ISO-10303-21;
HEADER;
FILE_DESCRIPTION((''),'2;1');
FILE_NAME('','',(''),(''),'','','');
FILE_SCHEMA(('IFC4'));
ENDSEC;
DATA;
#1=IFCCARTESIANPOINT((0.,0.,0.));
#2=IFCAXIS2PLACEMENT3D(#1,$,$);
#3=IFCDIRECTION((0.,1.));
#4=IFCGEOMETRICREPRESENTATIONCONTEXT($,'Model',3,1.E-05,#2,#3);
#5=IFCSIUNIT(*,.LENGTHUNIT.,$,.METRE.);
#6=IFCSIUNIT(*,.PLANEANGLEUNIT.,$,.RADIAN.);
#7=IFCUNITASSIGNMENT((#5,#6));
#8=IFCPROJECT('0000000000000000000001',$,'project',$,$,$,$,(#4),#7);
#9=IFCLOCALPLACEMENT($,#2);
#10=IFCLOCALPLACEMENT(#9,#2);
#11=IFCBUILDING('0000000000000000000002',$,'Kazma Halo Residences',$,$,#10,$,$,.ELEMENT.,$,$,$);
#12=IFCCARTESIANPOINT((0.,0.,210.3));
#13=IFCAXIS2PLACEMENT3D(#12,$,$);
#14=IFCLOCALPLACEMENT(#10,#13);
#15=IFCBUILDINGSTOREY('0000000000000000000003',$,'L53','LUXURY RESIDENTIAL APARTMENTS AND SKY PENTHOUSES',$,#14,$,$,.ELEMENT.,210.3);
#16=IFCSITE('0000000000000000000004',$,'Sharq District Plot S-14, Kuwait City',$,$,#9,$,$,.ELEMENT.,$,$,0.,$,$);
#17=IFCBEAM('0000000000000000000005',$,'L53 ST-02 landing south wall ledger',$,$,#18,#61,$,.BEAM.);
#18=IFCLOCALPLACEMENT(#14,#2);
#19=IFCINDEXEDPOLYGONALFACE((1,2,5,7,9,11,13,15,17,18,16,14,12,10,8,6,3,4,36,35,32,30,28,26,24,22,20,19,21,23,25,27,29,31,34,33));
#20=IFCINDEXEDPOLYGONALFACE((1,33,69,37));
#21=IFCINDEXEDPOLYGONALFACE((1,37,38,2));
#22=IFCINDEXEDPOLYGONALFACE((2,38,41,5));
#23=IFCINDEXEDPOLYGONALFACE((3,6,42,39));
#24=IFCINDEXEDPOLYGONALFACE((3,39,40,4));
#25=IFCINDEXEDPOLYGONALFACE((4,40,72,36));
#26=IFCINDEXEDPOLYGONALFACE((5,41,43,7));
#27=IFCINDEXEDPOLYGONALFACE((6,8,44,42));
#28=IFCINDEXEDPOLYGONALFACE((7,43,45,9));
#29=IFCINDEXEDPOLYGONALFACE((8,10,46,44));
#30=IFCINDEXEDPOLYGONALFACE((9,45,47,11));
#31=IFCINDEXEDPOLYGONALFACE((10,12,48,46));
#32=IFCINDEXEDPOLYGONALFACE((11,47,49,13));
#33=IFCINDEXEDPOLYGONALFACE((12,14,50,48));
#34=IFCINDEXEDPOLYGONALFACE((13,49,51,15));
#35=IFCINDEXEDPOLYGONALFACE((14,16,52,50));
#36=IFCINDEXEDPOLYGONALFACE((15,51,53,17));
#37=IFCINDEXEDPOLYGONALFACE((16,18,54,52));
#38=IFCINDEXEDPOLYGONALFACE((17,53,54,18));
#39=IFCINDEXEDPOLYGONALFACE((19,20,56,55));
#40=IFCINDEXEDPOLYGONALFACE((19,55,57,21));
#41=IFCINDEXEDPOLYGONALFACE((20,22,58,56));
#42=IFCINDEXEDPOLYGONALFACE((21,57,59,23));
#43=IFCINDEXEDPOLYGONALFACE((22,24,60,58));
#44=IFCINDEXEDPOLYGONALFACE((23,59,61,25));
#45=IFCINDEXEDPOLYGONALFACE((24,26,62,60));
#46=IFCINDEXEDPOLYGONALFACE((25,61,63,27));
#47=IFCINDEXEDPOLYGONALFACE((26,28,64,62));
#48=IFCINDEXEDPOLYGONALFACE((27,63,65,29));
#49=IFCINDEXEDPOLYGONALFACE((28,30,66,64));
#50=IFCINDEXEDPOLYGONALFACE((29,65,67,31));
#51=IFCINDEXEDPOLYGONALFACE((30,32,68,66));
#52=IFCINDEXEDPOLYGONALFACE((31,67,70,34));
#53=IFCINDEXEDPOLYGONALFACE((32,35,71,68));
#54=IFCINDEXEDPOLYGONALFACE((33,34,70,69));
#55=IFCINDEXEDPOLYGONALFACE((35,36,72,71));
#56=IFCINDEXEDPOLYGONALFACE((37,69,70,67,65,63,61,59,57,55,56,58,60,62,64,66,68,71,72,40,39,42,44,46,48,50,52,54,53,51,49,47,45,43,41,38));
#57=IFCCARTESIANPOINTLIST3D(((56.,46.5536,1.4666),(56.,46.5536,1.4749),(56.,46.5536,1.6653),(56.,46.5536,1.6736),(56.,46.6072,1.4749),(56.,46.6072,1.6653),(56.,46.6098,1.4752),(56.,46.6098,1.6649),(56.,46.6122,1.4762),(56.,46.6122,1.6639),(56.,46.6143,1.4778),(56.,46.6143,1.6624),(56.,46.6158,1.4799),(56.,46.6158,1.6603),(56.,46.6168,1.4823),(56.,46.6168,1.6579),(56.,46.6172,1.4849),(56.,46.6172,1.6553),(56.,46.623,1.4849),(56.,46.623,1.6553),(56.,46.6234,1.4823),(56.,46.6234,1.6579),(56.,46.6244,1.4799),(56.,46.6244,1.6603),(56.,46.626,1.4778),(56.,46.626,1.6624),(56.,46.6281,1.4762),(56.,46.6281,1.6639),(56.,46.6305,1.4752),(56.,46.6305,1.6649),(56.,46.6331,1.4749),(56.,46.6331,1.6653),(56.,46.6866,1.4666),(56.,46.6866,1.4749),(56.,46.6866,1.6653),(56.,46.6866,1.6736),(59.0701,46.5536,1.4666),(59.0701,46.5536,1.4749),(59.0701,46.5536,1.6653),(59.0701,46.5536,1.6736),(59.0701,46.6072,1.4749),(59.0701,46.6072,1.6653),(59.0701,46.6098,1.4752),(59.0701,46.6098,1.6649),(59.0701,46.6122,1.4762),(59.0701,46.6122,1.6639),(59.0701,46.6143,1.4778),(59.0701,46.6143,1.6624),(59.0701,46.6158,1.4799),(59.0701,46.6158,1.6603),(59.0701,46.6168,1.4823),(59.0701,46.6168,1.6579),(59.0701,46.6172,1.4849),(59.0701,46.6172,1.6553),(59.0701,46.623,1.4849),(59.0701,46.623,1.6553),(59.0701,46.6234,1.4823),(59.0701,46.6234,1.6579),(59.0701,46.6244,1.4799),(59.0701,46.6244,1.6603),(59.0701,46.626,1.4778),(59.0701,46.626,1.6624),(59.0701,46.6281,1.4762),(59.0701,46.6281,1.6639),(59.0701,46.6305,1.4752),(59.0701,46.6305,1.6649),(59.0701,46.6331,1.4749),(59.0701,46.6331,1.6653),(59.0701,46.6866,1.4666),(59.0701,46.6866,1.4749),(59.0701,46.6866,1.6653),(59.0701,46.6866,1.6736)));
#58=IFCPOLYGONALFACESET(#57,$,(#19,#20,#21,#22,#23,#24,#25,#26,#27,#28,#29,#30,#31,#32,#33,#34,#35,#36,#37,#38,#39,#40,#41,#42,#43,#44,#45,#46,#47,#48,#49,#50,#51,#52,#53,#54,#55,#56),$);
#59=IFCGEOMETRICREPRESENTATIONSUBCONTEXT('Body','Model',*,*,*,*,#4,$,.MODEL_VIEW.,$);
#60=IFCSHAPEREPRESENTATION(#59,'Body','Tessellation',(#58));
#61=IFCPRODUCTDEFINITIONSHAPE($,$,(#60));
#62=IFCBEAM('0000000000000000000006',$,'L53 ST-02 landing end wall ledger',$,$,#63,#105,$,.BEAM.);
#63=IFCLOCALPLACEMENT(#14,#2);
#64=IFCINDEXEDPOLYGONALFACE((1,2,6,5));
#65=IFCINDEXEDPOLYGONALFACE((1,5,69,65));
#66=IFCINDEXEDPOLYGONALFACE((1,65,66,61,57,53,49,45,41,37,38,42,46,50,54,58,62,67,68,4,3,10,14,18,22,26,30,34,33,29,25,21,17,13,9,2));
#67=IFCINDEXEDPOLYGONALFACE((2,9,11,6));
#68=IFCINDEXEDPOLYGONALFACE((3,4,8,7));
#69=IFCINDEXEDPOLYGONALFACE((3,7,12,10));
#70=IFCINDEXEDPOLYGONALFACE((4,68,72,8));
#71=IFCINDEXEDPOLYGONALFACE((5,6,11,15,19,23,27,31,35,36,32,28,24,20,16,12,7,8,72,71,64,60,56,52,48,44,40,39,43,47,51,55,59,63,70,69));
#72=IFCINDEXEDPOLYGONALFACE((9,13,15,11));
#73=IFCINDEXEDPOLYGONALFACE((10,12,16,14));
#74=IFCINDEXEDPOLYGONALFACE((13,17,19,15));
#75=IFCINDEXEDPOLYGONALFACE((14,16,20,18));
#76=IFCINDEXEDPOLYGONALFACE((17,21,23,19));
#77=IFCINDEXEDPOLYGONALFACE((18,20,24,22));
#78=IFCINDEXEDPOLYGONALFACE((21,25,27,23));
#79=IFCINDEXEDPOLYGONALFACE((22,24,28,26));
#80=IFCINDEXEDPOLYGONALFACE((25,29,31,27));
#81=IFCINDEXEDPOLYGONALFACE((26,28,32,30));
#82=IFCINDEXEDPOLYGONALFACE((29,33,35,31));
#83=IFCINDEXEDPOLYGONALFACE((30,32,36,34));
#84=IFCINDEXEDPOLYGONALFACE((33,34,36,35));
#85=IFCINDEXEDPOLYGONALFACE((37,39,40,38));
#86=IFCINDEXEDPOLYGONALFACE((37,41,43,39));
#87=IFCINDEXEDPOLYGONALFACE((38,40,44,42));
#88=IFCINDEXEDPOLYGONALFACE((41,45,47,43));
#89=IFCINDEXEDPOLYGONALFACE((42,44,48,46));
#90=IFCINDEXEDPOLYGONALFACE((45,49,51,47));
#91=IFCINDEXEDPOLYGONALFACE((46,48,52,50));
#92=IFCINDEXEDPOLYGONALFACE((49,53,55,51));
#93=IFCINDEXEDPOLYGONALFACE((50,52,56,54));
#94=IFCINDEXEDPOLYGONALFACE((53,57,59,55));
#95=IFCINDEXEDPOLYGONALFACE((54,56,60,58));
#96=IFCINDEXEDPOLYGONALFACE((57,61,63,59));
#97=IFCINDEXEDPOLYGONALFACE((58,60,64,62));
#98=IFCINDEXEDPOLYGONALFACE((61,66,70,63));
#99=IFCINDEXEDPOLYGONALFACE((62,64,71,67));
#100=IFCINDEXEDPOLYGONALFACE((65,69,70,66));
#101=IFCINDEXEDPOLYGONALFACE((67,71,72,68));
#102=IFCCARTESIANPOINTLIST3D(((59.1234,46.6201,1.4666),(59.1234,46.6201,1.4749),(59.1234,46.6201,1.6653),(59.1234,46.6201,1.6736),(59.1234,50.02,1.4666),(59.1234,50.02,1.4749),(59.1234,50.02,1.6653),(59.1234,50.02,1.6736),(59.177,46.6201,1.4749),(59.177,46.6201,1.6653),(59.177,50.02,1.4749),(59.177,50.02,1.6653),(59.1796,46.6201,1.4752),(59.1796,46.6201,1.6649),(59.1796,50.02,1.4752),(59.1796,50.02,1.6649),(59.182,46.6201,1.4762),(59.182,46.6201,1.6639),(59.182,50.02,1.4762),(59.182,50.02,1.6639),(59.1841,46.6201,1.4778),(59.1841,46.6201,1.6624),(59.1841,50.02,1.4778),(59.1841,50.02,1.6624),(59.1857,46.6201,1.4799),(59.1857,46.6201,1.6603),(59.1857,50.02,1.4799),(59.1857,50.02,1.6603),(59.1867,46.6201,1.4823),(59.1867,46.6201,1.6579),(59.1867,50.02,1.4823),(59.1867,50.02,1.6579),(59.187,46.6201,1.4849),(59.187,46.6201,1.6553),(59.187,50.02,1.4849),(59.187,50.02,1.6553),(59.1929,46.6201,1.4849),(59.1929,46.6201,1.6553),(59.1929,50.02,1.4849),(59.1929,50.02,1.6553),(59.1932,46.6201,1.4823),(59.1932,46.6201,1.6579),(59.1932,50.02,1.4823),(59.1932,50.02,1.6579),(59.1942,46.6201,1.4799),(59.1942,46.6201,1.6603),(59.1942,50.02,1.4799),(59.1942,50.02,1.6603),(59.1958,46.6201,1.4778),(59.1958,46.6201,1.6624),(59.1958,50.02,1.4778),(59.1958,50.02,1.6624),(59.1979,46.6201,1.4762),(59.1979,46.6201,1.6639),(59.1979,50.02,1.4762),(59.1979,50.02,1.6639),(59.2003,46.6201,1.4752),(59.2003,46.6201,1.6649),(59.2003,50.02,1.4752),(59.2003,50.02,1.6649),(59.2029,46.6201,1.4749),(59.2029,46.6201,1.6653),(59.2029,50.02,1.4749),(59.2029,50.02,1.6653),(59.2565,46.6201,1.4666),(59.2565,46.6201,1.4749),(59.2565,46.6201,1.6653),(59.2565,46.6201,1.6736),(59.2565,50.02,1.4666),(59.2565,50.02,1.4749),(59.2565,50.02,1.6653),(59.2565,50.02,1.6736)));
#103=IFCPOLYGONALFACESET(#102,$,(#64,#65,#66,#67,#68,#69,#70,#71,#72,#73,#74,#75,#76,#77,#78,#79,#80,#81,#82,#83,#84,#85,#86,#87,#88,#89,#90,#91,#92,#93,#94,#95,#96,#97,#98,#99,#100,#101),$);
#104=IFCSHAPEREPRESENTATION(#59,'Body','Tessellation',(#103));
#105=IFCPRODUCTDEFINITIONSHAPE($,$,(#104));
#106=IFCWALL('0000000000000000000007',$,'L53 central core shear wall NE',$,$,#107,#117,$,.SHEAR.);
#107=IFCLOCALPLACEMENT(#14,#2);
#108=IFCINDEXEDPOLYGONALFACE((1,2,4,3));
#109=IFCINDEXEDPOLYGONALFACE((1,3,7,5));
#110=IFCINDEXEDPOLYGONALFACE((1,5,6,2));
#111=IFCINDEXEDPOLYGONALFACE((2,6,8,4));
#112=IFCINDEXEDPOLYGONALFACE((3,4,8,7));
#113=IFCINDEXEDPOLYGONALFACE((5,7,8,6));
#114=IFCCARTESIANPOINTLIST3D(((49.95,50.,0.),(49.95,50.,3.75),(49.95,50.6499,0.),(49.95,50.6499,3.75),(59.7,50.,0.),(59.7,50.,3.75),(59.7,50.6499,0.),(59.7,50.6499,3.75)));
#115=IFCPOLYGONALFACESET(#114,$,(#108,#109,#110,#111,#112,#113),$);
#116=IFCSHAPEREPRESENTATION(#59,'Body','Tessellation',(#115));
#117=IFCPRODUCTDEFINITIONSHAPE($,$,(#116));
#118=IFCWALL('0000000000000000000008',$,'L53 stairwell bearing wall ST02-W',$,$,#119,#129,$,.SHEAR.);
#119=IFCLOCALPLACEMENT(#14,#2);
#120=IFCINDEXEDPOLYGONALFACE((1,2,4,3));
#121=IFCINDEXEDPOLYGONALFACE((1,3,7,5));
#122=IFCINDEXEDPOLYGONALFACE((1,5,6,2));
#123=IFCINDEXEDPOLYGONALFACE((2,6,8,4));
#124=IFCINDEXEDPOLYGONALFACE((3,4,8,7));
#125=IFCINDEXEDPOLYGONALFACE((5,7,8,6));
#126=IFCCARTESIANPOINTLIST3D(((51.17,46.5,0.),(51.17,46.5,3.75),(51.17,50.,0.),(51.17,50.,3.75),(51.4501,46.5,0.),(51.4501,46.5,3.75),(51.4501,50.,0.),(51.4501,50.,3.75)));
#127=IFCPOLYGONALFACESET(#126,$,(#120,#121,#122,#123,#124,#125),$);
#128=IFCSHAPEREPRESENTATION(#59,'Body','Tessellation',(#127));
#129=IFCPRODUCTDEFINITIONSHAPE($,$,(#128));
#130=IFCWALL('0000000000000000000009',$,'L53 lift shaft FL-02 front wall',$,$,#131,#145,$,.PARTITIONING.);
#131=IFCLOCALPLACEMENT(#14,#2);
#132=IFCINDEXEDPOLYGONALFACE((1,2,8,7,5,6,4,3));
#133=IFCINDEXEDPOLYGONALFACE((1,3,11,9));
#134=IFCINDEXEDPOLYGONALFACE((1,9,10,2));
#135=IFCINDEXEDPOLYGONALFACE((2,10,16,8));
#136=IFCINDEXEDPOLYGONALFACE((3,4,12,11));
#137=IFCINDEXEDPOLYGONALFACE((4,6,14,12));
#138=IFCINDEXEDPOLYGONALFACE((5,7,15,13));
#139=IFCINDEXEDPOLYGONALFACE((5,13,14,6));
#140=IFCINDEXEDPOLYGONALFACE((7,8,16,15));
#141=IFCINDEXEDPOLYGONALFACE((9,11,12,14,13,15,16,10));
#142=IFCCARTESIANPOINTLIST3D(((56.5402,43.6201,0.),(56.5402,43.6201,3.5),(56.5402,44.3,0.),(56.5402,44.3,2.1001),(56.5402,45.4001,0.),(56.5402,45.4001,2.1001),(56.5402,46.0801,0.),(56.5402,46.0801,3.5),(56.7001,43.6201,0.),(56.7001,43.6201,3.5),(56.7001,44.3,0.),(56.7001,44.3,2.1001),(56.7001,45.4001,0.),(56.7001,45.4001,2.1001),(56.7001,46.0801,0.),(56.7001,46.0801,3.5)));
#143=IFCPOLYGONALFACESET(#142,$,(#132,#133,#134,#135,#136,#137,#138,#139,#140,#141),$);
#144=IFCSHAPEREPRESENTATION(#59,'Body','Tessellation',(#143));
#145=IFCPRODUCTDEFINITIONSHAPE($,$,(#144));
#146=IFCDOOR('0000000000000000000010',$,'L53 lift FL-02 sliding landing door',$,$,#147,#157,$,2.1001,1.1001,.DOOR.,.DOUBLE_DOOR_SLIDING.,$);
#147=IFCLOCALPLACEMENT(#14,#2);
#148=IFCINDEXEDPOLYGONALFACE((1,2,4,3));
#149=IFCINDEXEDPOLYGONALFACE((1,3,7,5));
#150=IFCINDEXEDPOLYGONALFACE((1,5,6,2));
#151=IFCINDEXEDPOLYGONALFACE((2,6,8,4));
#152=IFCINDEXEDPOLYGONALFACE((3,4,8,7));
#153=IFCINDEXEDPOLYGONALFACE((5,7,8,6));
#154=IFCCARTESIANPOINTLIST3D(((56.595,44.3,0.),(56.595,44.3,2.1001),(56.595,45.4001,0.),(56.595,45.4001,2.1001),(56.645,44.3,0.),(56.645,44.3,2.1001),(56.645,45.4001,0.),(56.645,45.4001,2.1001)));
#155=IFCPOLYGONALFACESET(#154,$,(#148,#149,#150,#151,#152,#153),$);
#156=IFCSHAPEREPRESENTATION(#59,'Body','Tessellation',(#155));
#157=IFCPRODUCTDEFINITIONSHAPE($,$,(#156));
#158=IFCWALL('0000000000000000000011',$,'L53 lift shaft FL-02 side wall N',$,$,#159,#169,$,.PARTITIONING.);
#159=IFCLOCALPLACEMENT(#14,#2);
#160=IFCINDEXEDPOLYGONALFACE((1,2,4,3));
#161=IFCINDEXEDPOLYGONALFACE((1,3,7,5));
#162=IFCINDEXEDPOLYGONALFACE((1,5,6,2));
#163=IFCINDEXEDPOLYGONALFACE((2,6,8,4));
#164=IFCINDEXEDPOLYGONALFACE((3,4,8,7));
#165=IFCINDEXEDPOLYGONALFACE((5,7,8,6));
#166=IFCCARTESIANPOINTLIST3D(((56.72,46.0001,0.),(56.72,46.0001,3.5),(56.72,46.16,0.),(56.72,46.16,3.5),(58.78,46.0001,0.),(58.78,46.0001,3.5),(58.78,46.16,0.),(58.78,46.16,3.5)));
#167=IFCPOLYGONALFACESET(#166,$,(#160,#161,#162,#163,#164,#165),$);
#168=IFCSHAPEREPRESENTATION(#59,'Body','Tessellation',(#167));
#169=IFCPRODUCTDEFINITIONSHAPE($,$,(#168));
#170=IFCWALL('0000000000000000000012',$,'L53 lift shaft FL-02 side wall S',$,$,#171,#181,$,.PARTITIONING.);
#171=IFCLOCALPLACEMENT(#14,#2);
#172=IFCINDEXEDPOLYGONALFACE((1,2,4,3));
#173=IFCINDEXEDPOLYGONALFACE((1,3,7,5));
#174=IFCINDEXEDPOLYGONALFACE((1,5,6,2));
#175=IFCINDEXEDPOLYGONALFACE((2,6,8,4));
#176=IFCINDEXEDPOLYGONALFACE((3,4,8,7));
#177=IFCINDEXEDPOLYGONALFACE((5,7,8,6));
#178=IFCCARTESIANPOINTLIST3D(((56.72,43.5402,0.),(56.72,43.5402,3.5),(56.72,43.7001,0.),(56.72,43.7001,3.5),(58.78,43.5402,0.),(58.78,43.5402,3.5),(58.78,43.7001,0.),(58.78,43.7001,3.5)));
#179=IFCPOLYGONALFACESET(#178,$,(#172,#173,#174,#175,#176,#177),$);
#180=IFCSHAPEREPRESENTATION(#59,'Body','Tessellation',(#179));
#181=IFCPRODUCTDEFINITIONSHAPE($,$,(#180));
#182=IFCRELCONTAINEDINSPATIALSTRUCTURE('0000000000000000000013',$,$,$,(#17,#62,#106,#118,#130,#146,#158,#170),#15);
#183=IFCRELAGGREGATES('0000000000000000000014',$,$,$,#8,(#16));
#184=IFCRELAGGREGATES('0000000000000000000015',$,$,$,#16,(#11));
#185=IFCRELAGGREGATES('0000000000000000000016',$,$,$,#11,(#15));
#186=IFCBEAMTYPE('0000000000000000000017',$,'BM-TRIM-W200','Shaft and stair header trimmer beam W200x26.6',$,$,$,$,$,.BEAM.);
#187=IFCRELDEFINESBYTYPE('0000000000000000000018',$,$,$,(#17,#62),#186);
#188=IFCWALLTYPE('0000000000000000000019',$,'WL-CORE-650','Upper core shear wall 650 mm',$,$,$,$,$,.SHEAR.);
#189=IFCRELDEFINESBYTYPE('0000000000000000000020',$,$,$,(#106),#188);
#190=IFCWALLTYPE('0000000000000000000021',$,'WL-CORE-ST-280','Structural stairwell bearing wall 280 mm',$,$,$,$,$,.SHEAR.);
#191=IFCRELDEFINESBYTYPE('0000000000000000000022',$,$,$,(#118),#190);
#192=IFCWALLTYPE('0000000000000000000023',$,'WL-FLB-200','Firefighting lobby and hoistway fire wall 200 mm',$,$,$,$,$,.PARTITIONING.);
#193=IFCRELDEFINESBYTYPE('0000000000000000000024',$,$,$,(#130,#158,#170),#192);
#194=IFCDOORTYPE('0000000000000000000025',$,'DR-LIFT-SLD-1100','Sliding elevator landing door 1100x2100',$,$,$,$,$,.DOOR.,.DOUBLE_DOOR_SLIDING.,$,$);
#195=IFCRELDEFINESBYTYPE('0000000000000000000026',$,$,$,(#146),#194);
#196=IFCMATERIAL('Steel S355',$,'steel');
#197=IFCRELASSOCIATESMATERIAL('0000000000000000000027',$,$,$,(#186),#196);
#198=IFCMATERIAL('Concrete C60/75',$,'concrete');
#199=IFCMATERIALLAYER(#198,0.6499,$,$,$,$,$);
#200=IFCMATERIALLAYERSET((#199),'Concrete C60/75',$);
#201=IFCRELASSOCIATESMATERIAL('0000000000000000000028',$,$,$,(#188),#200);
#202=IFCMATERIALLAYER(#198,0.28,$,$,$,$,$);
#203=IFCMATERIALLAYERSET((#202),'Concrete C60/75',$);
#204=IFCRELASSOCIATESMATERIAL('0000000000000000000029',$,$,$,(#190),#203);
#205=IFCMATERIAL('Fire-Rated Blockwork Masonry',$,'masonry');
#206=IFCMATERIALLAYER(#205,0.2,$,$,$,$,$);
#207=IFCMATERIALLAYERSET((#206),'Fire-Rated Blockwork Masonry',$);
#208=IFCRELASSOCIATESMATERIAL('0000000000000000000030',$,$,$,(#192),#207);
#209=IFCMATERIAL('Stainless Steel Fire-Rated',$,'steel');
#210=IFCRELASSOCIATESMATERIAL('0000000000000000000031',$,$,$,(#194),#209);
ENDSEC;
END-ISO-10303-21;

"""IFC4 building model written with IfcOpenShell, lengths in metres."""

from ifc_helpers import new_model, si_unit, direction, frame, frame_2d, origin, origin_2d, place, context, subcontext, project, spatial, rectangle, i_section, extrude, material, layer, layer_set, material_profile, profile_set, type_object, element, fill, save


model = new_model("IFC4")

# Units and contexts
model_context = context("Model", 3, precision=1e-05, world=origin(), true_north=direction((0.0, 1.0)))
body_context = subcontext(model_context, "Body", "Model", "MODEL_VIEW")
ifc_project = project(units=[si_unit("LENGTHUNIT", "METRE"), si_unit("PLANEANGLEUNIT", "RADIAN")], contexts=[model_context])

# Site, building, storey
site_placement = place(None, origin())
site = spatial("IfcSite", under=ifc_project, at=site_placement, Name="Sharq District Plot S-14, Kuwait City", CompositionType="ELEMENT", RefElevation=0.0)
building_placement = place(site_placement, origin())
building = spatial("IfcBuilding", under=site, at=building_placement, Name="Kazma Halo Residences", CompositionType="ELEMENT")
storey_placement = place(building_placement, frame((0.0, 0.0, 210.3)))
storey = spatial("IfcBuildingStorey", under=building, at=storey_placement, Name="L53", Description="LUXURY RESIDENTIAL APARTMENTS AND SKY PENTHOUSES", CompositionType="ELEMENT", Elevation=210.3)

# Shared definitions
ifc_material_1 = material(Name="Steel S355", Category="steel")

# Beams
ifc_material_profile_1 = material_profile(ifc_material_1, i_section(OverallWidth=0.1331, OverallDepth=0.207, WebThickness=0.0059, FlangeThickness=0.0083, FilletRadius=0.01, at=origin_2d()), Name="W200x26.6")
ifc_profile_set_1 = profile_set([ifc_material_profile_1], Name="Steel S355")
beam_type_1 = type_object("IfcBeamType", Name="BM-TRIM-W200", Description="Shaft and stair header trimmer beam W200x26.6", PredefinedType="BEAM", material=ifc_profile_set_1)
beam_1_placement = place(storey_placement, frame((56.0, 46.6201, 1.5701), z_axis=(1.0, 0.0, 0.0), x_axis=(0.0, 1.0, 0.0)))
element("IfcBeam", 1, at=beam_1_placement, inside=storey, type_object=beam_type_1, Name="L53 ST-02 landing south wall ledger", PredefinedType="BEAM", context=body_context, shape_type="SweptSolid", body=[
    extrude(i_section(OverallWidth=0.1331, OverallDepth=0.207, WebThickness=0.0059, FlangeThickness=0.0083, FilletRadius=0.01, at=origin_2d()), origin(), (0.0, 0.0, 1.0), 3.0701),
])
beam_2_placement = place(storey_placement, frame((59.1899, 46.6201, 1.5701), z_axis=(0.0, 1.0, 0.0), x_axis=(-1.0, 0.0, 0.0)))
element("IfcBeam", 2, at=beam_2_placement, inside=storey, type_object=beam_type_1, Name="L53 ST-02 landing end wall ledger", PredefinedType="BEAM", context=body_context, shape_type="SweptSolid", body=[
    extrude(i_section(OverallWidth=0.1331, OverallDepth=0.207, WebThickness=0.0059, FlangeThickness=0.0083, FilletRadius=0.01, at=origin_2d()), origin(), (0.0, 0.0, 1.0), 3.3999),
])

# Walls
ifc_material_2 = material(Name="Concrete C60/75", Category="concrete")
ifc_layer_1 = layer(ifc_material_2, 0.6499)
ifc_layer_set_1 = layer_set([ifc_layer_1], Name="Concrete C60/75")
wall_type_1 = type_object("IfcWallType", Name="WL-CORE-650", Description="Upper core shear wall 650 mm", PredefinedType="SHEAR", material=ifc_layer_set_1)
wall_1_placement = place(storey_placement, frame((49.95, 50.325, 0.0), z_axis=(0.0, 0.0, 1.0), x_axis=(1.0, 0.0, 0.0)))
element("IfcWall", 3, at=wall_1_placement, inside=storey, type_object=wall_type_1, Name="L53 central core shear wall NE", PredefinedType="SHEAR", context=body_context, shape_type="SweptSolid", body=[
    extrude(rectangle(XDim=9.75, YDim=0.6499, at=frame_2d((4.875, 0.0))), origin(), (0.0, 0.0, 1.0), 3.75),
])
ifc_layer_2 = layer(ifc_material_2, 0.28)
ifc_layer_set_2 = layer_set([ifc_layer_2], Name="Concrete C60/75")
wall_type_2 = type_object("IfcWallType", Name="WL-CORE-ST-280", Description="Structural stairwell bearing wall 280 mm", PredefinedType="SHEAR", material=ifc_layer_set_2)
wall_2_placement = place(storey_placement, frame((51.3101, 46.5, 0.0), z_axis=(0.0, 0.0, 1.0), x_axis=(0.0, 1.0, 0.0)))
element("IfcWall", 4, at=wall_2_placement, inside=storey, type_object=wall_type_2, Name="L53 stairwell bearing wall ST02-W", PredefinedType="SHEAR", context=body_context, shape_type="SweptSolid", body=[
    extrude(rectangle(XDim=3.5, YDim=0.28, at=frame_2d((1.75, 0.0))), origin(), (0.0, 0.0, 1.0), 3.75),
])

# Wall, opening, door
ifc_material_3 = material(Name="Fire-Rated Blockwork Masonry", Category="masonry")
ifc_layer_3 = layer(ifc_material_3, 0.2)
ifc_layer_set_3 = layer_set([ifc_layer_3], Name="Fire-Rated Blockwork Masonry")
wall_type_3 = type_object("IfcWallType", Name="WL-FLB-200", Description="Firefighting lobby and hoistway fire wall 200 mm", PredefinedType="PARTITIONING", material=ifc_layer_set_3)
wall_3_placement = place(storey_placement, frame((56.6201, 46.0801, 0.0), z_axis=(0.0, 0.0, 1.0), x_axis=(0.0, -1.0, 0.0)))
wall_3 = element("IfcWall", 5, at=wall_3_placement, inside=storey, type_object=wall_type_3, Name="L53 lift shaft FL-02 front wall", PredefinedType="PARTITIONING", context=body_context, shape_type="SweptSolid", body=[
    extrude(rectangle(XDim=2.46, YDim=0.1599, at=frame_2d((1.23, 0.0))), origin(), (0.0, 0.0, 1.0), 3.5),
])
opening_1_placement = place(wall_3_placement, frame((0.6799, 0.0, 0.0)))
opening_1 = element("IfcOpeningElement", 6, at=opening_1_placement, cuts=wall_3, PredefinedType="OPENING", context=body_context, shape_type="SweptSolid", body=[
    extrude(rectangle(XDim=1.1001, YDim=2.1001, at=frame_2d((0.55, 1.05))), frame((0.0, 0.0898, 0.0), z_axis=(0.0, -1.0, 0.0), x_axis=(1.0, 0.0, 0.0)), (0.0, 0.0, 1.0), 0.1799),
])
ifc_material_4 = material(Name="Stainless Steel Fire-Rated", Category="steel")
door_type_1 = type_object("IfcDoorType", Name="DR-LIFT-SLD-1100", Description="Sliding elevator landing door 1100x2100", OperationType="DOUBLE_DOOR_SLIDING", PredefinedType="DOOR", material=ifc_material_4)
door_1_placement = place(opening_1_placement, origin())
door_1 = element("IfcDoor", 7, at=door_1_placement, inside=storey, type_object=door_type_1, Name="L53 lift FL-02 sliding landing door", OperationType="DOUBLE_DOOR_SLIDING", OverallHeight=2.1001, OverallWidth=1.1001, PredefinedType="DOOR", context=body_context, shape_type="SweptSolid", body=[
    extrude(rectangle(XDim=1.1001, YDim=2.1001, at=frame_2d((0.55, 1.05))), frame((0.0, 0.0249, 0.0), z_axis=(0.0, -1.0, 0.0), x_axis=(1.0, 0.0, 0.0)), (0.0, 0.0, 1.0), 0.05),
])
fill(opening_1, door_1)

# Walls
for number, where, z_axis, x_axis, name in (
    (8, (56.72, 46.0801, 0.0), (0.0, 0.0, 1.0), (1.0, 0.0, 0.0), "L53 lift shaft FL-02 side wall N"),
    (9, (56.72, 43.6201, 0.0), (0.0, 0.0, 1.0), (1.0, 0.0, 0.0), "L53 lift shaft FL-02 side wall S"),
):
    element("IfcWall", number, at=place(storey_placement, frame(where, z_axis=z_axis, x_axis=x_axis)), inside=storey, type_object=wall_type_3, Name=name, PredefinedType="PARTITIONING", context=body_context, shape_type="SweptSolid", body=[
        extrude(rectangle(XDim=2.0601, YDim=0.1599, at=frame_2d((1.03, 0.0))), origin(), (0.0, 0.0, 1.0), 3.5),
    ])

save(model, "model.ifc")
